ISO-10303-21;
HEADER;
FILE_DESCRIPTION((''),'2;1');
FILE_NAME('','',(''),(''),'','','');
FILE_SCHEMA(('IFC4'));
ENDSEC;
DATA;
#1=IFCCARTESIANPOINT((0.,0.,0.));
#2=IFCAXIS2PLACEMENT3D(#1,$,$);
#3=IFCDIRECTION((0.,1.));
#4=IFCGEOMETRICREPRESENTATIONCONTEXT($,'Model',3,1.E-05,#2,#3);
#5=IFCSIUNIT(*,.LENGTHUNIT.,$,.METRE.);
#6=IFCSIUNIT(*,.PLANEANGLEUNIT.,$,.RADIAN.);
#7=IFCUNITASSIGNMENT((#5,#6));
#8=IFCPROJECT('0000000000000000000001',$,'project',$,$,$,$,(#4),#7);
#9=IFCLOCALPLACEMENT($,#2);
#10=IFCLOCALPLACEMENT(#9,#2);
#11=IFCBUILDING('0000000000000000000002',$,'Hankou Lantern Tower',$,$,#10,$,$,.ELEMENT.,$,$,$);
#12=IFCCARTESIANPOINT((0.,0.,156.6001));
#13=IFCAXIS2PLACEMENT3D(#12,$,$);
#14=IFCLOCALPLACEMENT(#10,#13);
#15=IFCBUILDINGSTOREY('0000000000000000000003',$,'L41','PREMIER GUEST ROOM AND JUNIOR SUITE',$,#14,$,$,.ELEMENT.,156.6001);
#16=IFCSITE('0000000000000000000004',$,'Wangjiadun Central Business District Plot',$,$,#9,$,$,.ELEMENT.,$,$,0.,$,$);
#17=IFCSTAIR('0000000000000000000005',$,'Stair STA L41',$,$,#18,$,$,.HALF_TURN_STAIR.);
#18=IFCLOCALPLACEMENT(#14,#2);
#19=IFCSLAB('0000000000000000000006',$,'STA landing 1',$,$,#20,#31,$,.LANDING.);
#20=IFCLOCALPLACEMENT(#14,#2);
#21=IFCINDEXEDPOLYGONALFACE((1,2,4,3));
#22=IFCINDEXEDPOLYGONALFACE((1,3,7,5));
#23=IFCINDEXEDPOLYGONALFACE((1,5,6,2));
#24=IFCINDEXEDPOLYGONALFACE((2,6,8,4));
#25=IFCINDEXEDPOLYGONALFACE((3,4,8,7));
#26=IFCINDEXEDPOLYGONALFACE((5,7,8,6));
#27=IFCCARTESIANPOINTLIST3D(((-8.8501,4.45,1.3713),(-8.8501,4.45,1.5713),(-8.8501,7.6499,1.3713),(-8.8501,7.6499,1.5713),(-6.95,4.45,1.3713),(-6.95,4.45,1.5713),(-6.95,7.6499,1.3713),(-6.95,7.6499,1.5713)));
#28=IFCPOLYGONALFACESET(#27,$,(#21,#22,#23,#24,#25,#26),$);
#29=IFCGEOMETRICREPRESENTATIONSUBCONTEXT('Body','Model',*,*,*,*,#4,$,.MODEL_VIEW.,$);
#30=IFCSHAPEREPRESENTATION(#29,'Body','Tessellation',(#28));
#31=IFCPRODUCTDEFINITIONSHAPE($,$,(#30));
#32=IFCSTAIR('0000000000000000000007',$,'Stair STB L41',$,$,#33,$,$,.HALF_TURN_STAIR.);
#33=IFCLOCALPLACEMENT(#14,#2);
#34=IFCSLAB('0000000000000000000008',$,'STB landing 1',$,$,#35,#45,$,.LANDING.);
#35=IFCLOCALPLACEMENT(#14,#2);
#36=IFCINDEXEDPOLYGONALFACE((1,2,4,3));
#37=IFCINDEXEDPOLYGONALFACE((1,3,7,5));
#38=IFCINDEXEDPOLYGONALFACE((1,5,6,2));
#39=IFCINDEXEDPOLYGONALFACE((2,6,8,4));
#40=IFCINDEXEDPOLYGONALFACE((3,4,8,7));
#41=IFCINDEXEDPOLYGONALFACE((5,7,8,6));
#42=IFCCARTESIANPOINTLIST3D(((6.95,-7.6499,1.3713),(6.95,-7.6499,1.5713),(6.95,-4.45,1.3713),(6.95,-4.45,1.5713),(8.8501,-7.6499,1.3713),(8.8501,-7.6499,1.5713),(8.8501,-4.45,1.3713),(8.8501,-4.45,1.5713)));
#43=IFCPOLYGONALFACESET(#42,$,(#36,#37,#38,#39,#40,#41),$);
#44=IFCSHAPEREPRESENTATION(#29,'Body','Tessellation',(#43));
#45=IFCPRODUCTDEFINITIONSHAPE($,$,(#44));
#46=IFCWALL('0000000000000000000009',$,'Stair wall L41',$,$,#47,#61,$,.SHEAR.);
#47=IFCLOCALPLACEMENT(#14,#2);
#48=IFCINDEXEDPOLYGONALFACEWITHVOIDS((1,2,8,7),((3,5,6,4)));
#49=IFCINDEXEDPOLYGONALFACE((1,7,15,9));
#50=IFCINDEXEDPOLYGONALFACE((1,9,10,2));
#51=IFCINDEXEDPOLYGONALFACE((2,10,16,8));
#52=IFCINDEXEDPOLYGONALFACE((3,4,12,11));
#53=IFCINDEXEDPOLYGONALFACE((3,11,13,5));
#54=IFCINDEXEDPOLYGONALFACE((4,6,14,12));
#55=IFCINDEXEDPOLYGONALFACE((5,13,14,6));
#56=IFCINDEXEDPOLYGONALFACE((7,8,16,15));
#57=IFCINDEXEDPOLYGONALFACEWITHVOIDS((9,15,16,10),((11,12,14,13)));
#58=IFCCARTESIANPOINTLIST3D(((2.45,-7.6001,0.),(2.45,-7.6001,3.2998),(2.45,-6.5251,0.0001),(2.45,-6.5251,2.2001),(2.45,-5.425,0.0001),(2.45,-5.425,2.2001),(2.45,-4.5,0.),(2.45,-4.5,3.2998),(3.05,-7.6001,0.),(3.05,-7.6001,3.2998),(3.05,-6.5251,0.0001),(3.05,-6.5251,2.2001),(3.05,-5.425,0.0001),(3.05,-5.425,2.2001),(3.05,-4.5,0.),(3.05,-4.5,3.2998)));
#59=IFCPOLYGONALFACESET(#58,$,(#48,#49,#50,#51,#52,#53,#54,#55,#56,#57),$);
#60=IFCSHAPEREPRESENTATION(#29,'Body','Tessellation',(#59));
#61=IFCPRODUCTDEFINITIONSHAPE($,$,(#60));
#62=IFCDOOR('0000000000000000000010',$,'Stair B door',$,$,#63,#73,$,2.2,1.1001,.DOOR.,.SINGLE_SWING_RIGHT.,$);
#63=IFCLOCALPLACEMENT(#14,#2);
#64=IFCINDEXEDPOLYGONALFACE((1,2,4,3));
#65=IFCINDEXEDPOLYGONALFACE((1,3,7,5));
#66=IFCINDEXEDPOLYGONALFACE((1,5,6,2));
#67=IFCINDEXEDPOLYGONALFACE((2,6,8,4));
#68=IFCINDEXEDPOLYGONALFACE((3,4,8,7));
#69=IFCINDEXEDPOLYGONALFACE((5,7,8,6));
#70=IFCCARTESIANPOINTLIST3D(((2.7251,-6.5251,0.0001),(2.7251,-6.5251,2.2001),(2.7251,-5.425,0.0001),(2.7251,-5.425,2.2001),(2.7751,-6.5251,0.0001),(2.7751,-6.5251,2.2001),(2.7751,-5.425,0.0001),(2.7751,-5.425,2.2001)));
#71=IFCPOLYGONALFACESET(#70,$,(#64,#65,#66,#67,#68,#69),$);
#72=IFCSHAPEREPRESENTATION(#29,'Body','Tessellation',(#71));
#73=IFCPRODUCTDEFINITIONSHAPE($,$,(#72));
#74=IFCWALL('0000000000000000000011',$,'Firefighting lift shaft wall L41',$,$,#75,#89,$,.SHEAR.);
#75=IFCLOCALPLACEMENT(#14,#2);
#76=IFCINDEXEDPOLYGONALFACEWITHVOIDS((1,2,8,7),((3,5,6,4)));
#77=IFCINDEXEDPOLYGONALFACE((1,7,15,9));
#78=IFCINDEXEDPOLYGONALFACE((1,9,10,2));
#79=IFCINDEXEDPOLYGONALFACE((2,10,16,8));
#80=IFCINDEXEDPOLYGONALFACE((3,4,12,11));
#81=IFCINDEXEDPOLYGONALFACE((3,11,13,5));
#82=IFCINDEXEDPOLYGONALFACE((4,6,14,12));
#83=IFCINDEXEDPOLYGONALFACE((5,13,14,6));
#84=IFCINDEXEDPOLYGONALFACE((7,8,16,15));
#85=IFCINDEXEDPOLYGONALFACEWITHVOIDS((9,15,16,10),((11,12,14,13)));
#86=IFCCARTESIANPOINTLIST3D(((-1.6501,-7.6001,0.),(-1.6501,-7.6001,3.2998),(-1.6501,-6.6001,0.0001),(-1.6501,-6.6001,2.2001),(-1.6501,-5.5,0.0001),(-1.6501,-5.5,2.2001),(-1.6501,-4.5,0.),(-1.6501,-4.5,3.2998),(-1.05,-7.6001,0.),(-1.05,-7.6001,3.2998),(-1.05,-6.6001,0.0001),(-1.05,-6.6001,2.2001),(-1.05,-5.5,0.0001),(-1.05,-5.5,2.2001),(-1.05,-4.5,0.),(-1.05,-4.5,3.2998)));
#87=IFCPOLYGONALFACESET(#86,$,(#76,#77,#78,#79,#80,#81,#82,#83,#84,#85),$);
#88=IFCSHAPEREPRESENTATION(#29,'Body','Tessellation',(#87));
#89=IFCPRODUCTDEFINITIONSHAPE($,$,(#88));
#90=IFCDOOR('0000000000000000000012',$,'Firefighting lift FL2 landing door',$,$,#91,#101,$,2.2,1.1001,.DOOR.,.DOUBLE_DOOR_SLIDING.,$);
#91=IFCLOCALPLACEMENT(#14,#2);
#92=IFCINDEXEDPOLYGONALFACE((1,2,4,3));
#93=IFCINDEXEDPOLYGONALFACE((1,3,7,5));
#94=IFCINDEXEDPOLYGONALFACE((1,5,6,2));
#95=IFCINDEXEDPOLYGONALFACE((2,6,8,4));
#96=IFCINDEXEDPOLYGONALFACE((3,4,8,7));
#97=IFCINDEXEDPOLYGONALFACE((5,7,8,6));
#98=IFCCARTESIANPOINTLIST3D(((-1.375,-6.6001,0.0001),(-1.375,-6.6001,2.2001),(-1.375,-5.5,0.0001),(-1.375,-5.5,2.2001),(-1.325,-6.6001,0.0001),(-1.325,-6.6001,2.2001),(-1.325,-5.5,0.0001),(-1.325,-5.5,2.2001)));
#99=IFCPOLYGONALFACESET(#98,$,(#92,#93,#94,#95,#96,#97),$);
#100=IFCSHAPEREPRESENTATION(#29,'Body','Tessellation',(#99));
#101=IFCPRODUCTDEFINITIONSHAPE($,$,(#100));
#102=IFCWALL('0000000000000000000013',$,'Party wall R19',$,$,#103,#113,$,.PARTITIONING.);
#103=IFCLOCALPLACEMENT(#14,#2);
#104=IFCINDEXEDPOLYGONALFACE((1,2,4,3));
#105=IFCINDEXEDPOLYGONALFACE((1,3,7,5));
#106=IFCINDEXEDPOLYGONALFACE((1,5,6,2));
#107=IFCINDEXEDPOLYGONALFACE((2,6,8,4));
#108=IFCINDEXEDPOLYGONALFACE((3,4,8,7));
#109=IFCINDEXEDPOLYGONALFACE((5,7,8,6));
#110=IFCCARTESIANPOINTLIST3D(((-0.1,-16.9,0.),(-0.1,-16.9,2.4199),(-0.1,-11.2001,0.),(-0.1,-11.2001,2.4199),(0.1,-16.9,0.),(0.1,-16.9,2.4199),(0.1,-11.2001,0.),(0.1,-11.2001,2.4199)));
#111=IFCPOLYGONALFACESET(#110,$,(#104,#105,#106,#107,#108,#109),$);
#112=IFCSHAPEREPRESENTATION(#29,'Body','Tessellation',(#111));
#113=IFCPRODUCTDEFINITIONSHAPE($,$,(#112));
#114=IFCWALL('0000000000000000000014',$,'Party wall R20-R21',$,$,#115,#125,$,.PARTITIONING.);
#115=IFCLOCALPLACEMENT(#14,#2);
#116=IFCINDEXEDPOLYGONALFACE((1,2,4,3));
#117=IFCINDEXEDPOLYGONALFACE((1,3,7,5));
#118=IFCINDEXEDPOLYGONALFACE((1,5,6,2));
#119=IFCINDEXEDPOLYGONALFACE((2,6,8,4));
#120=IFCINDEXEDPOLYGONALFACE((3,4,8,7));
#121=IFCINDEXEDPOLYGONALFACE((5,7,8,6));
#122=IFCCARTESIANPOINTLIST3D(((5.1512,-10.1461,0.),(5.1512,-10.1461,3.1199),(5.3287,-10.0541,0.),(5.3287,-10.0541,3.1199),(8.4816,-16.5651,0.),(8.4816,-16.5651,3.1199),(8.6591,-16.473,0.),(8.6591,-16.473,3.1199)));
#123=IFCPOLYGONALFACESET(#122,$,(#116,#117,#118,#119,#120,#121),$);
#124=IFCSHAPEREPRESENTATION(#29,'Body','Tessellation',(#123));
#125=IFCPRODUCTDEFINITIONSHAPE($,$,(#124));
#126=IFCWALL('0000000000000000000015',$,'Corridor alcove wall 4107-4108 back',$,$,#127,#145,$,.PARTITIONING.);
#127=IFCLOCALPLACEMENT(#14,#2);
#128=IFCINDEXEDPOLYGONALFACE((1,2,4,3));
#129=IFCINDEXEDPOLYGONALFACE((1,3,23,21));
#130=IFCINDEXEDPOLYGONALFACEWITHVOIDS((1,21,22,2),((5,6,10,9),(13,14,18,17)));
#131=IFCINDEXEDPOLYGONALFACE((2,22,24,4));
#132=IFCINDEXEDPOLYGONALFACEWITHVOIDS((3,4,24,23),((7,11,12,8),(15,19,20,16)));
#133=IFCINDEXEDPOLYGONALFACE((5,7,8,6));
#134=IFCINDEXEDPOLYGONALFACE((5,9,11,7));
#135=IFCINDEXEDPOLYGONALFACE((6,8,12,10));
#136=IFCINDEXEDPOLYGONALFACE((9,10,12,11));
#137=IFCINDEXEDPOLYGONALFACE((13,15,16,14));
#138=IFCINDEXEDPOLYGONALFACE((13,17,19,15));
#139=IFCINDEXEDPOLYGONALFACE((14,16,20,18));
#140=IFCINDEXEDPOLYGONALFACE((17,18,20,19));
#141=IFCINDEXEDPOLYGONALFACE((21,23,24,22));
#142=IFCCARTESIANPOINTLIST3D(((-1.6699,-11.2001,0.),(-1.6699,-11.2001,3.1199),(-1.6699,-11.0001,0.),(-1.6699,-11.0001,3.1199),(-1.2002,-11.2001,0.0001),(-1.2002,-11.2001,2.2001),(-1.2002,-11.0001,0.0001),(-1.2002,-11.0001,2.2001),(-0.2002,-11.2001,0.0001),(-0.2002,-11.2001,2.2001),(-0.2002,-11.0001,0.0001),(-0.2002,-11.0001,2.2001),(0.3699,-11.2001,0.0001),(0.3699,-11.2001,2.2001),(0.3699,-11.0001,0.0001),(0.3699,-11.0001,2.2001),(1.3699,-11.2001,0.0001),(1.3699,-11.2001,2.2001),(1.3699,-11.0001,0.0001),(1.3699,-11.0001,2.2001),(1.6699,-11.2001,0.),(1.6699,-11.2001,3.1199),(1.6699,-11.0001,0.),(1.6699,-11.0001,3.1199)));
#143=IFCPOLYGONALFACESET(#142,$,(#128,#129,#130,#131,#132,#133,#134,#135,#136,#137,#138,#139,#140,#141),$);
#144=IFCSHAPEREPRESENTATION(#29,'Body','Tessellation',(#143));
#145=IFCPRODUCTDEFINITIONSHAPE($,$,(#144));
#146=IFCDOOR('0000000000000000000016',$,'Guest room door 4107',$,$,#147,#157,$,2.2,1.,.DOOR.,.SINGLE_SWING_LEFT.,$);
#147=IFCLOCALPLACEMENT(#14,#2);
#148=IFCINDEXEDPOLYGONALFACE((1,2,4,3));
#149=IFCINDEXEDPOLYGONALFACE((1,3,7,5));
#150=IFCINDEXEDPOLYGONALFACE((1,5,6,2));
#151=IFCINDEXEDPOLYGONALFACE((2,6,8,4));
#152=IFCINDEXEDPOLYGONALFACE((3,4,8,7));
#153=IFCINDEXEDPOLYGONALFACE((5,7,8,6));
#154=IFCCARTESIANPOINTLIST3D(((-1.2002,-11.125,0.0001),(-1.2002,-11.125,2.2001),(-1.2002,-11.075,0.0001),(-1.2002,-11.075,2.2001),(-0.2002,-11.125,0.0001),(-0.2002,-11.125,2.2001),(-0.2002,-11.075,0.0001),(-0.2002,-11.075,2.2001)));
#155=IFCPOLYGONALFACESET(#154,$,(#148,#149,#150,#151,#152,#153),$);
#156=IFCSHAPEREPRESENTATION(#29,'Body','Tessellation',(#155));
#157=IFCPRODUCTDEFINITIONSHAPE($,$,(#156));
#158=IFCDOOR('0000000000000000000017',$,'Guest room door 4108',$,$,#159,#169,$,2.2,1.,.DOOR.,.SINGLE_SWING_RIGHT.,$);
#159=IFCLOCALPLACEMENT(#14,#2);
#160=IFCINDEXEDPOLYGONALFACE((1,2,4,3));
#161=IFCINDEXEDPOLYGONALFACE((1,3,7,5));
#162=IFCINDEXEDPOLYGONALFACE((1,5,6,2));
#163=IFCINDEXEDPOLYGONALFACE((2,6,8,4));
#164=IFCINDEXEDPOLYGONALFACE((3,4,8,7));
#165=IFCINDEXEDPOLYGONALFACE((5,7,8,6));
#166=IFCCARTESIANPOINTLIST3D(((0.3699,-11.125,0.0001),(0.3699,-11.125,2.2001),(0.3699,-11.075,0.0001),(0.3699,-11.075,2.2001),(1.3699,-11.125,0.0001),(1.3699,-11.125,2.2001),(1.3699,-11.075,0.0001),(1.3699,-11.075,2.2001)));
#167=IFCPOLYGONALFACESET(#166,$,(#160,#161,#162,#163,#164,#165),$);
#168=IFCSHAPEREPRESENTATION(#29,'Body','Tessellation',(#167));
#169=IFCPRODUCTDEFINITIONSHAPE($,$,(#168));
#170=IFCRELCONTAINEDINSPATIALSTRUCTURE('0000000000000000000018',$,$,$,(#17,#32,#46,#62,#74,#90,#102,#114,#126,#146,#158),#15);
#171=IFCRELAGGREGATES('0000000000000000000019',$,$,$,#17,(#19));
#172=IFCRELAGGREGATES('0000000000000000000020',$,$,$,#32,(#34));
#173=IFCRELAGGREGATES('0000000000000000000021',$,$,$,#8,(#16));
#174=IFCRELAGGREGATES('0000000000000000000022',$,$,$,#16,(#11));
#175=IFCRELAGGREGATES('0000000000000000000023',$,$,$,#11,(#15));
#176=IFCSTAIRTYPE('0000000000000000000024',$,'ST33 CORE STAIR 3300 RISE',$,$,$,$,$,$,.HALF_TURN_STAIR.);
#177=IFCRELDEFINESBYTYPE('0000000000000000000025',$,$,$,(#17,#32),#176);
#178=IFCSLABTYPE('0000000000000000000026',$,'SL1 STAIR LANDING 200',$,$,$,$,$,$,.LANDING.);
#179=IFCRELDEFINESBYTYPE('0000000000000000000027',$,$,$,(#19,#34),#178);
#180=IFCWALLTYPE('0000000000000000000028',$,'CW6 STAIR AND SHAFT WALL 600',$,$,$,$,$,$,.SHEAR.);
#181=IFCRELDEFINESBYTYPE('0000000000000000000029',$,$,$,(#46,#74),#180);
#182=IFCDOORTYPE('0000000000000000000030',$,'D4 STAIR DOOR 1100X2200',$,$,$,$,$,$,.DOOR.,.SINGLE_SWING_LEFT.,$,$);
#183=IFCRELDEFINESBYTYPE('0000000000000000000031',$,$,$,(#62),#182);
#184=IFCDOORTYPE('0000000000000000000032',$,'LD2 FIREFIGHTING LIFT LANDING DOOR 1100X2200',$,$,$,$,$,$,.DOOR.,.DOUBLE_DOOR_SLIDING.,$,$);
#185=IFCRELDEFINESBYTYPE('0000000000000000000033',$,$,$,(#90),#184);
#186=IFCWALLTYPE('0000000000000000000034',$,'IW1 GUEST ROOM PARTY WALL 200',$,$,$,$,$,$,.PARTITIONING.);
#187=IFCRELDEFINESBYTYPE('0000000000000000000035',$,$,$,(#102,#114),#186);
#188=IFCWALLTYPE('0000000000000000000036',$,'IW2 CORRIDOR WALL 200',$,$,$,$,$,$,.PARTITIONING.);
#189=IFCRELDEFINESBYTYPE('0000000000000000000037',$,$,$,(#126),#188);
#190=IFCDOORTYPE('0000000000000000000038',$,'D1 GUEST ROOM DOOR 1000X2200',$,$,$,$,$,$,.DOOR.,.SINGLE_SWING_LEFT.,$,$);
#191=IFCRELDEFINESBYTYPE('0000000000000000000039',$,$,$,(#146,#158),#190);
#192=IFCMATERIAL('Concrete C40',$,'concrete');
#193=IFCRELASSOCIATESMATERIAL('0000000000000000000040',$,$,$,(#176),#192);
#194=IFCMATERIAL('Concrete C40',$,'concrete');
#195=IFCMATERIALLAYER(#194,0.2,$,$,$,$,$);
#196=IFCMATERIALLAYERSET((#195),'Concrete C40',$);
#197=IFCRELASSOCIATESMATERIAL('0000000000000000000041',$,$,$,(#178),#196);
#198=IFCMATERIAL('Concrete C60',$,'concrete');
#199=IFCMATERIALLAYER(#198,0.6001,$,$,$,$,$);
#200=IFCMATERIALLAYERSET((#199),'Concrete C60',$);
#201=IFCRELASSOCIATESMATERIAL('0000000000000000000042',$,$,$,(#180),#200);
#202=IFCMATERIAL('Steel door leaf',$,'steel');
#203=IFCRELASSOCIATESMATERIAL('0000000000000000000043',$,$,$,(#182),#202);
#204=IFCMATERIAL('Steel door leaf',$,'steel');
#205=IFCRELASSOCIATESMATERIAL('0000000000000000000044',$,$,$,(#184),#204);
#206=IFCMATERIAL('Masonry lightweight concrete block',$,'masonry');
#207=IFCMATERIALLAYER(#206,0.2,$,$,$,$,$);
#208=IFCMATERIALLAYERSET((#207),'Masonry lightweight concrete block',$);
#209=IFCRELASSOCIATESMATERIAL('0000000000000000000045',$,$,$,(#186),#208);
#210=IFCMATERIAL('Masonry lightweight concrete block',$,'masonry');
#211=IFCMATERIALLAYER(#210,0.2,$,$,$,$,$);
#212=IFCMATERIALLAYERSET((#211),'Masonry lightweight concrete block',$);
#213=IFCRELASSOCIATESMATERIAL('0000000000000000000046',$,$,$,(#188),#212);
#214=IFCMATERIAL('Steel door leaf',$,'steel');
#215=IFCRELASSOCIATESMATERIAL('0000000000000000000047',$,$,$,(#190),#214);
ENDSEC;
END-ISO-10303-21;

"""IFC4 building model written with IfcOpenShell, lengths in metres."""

from ifc_helpers import new_model, si_unit, direction, frame, frame_2d, origin, place, context, subcontext, project, spatial, polyline, rectangle, outline, extrude, material, layer, layer_set, type_object, element, fill, aggregate, save


model = new_model("IFC4")

# Units and contexts
model_context = context("Model", 3, precision=1e-05, world=origin(), true_north=direction((0.0, 1.0)))
body_context = subcontext(model_context, "Body", "Model", "MODEL_VIEW")
ifc_project = project(units=[si_unit("LENGTHUNIT", "METRE"), si_unit("PLANEANGLEUNIT", "RADIAN")], contexts=[model_context])

# Site, building, storey
site_placement = place(None, origin())
site = spatial("IfcSite", under=ifc_project, at=site_placement, Name="Wangjiadun Central Business District Plot", CompositionType="ELEMENT", RefElevation=0.0)
building_placement = place(site_placement, origin())
building = spatial("IfcBuilding", under=site, at=building_placement, Name="Hankou Lantern Tower", CompositionType="ELEMENT")
storey_placement = place(building_placement, frame((0.0, 0.0, 156.6001)))
storey = spatial("IfcBuildingStorey", under=building, at=storey_placement, Name="L41", Description="PREMIER GUEST ROOM AND JUNIOR SUITE", CompositionType="ELEMENT", Elevation=156.6001)

# Stairs, slabs
ifc_material_1 = material(Name="Concrete C40", Category="concrete")
stair_type = type_object("IfcStairType", Name="ST33 CORE STAIR 3300 RISE", PredefinedType="HALF_TURN_STAIR", material=ifc_material_1)
stair_1_placement = place(storey_placement, origin())
stair_1 = element("IfcStair", 1, at=stair_1_placement, inside=storey, type_object=stair_type, Name="Stair STA L41", PredefinedType="HALF_TURN_STAIR")
ifc_material_2 = material(Name="Concrete C40", Category="concrete")
ifc_layer_1 = layer(ifc_material_2, 0.2)
ifc_layer_set_1 = layer_set([ifc_layer_1], Name="Concrete C40")
slab_type_1 = type_object("IfcSlabType", Name="SL1 STAIR LANDING 200", PredefinedType="LANDING", material=ifc_layer_set_1)
slab_1_placement = place(storey_placement, frame((0.0, 0.0, 1.3713)))
slab_1 = element("IfcSlab", 2, at=slab_1_placement, type_object=slab_type_1, Name="STA landing 1", PredefinedType="LANDING", context=body_context, shape_type="SweptSolid", body=[
    extrude(outline(polyline([(-8.8501, 4.45), (-6.95, 4.45), (-6.95, 7.6499), (-8.8501, 7.6499), (-8.8501, 4.45)])), origin(), (0.0, 0.0, 1.0), 0.2),
])
aggregate(stair_1, [slab_1])
stair_2_placement = place(storey_placement, origin())
stair_2 = element("IfcStair", 3, at=stair_2_placement, inside=storey, type_object=stair_type, Name="Stair STB L41", PredefinedType="HALF_TURN_STAIR")
slab_2_placement = place(storey_placement, frame((0.0, 0.0, 1.3713)))
slab_2 = element("IfcSlab", 4, at=slab_2_placement, type_object=slab_type_1, Name="STB landing 1", PredefinedType="LANDING", context=body_context, shape_type="SweptSolid", body=[
    extrude(outline(polyline([(8.8501, -4.45), (6.95, -4.45), (6.95, -7.6499), (8.8501, -7.6499), (8.8501, -4.45)])), origin(), (0.0, 0.0, 1.0), 0.2),
])

# Walls, openings, doors
ifc_material_3 = material(Name="Concrete C60", Category="concrete")
ifc_layer_2 = layer(ifc_material_3, 0.6001)
ifc_layer_set_2 = layer_set([ifc_layer_2], Name="Concrete C60")
wall_type_1 = type_object("IfcWallType", Name="CW6 STAIR AND SHAFT WALL 600", PredefinedType="SHEAR", material=ifc_layer_set_2)
wall_1_placement = place(storey_placement, frame((2.75, -7.6001, 0.0), z_axis=(0.0, 0.0, 1.0), x_axis=(0.0, 1.0, 0.0)))
wall_1 = element("IfcWall", 5, at=wall_1_placement, inside=storey, type_object=wall_type_1, Name="Stair wall L41", PredefinedType="SHEAR", context=body_context, shape_type="SweptSolid", body=[
    extrude(rectangle(XDim=3.1001, YDim=0.6001, at=frame_2d((1.55, 0.0))), origin(), (0.0, 0.0, 1.0), 3.2998),
])
opening_1_placement = place(wall_1_placement, frame((1.075, 0.0, 0.0)))
opening_1 = element("IfcOpeningElement", 6, at=opening_1_placement, cuts=wall_1, PredefinedType="OPENING", context=body_context, shape_type="SweptSolid", body=[
    extrude(rectangle(XDim=1.1001, YDim=2.2, at=frame_2d((0.55, 1.1001))), frame((0.0, 0.3101, 0.0), z_axis=(0.0, -1.0, 0.0), x_axis=(1.0, 0.0, 0.0)), (0.0, 0.0, 1.0), 0.6201),
])
ifc_material_4 = material(Name="Steel door leaf", Category="steel")
door_type_1 = type_object("IfcDoorType", Name="D4 STAIR DOOR 1100X2200", OperationType="SINGLE_SWING_LEFT", PredefinedType="DOOR", material=ifc_material_4)
door_1_placement = place(opening_1_placement, origin())
door_1 = element("IfcDoor", 7, at=door_1_placement, inside=storey, type_object=door_type_1, Name="Stair B door", OperationType="SINGLE_SWING_RIGHT", OverallHeight=2.2, OverallWidth=1.1001, PredefinedType="DOOR", context=body_context, shape_type="SweptSolid", body=[
    extrude(rectangle(XDim=1.1001, YDim=2.2, at=frame_2d((0.55, 1.1001))), frame((0.0, 0.0249, 0.0), z_axis=(0.0, -1.0, 0.0), x_axis=(1.0, 0.0, 0.0)), (0.0, 0.0, 1.0), 0.05),
])
fill(opening_1, door_1)
wall_2_placement = place(storey_placement, frame((-1.3501, -7.6001, 0.0), z_axis=(0.0, 0.0, 1.0), x_axis=(0.0, 1.0, 0.0)))
wall_2 = element("IfcWall", 8, at=wall_2_placement, inside=storey, type_object=wall_type_1, Name="Firefighting lift shaft wall L41", PredefinedType="SHEAR", context=body_context, shape_type="SweptSolid", body=[
    extrude(rectangle(XDim=3.1001, YDim=0.6001, at=frame_2d((1.55, 0.0))), origin(), (0.0, 0.0, 1.0), 3.2998),
])
opening_2_placement = place(wall_2_placement, frame((1.0, 0.0, 0.0)))
opening_2 = element("IfcOpeningElement", 9, at=opening_2_placement, cuts=wall_2, PredefinedType="OPENING", context=body_context, shape_type="SweptSolid", body=[
    extrude(rectangle(XDim=1.1001, YDim=2.2, at=frame_2d((0.55, 1.1001))), frame((0.0, 0.3101, 0.0), z_axis=(0.0, -1.0, 0.0), x_axis=(1.0, 0.0, 0.0)), (0.0, 0.0, 1.0), 0.6201),
])
ifc_material_5 = material(Name="Steel door leaf", Category="steel")
door_type_2 = type_object("IfcDoorType", Name="LD2 FIREFIGHTING LIFT LANDING DOOR 1100X2200", OperationType="DOUBLE_DOOR_SLIDING", PredefinedType="DOOR", material=ifc_material_5)
door_2_placement = place(opening_2_placement, origin())
door_2 = element("IfcDoor", 10, at=door_2_placement, inside=storey, type_object=door_type_2, Name="Firefighting lift FL2 landing door", OperationType="DOUBLE_DOOR_SLIDING", OverallHeight=2.2, OverallWidth=1.1001, PredefinedType="DOOR", context=body_context, shape_type="SweptSolid", body=[
    extrude(rectangle(XDim=1.1001, YDim=2.2, at=frame_2d((0.55, 1.1001))), frame((0.0, 0.0249, 0.0), z_axis=(0.0, -1.0, 0.0), x_axis=(1.0, 0.0, 0.0)), (0.0, 0.0, 1.0), 0.05),
])
fill(opening_2, door_2)

# Walls
ifc_material_6 = material(Name="Masonry lightweight concrete block", Category="masonry")
ifc_layer_3 = layer(ifc_material_6, 0.2)
ifc_layer_set_3 = layer_set([ifc_layer_3], Name="Masonry lightweight concrete block")
wall_type_2 = type_object("IfcWallType", Name="IW1 GUEST ROOM PARTY WALL 200", PredefinedType="PARTITIONING", material=ifc_layer_set_3)
wall_3_placement = place(storey_placement, frame((0.0, -11.2, 0.0), z_axis=(0.0, 0.0, 1.0), x_axis=(0.0, -1.0, 0.0)))
element("IfcWall", 11, at=wall_3_placement, inside=storey, type_object=wall_type_2, Name="Party wall R19", PredefinedType="PARTITIONING", context=body_context, shape_type="SweptSolid", body=[
    extrude(rectangle(XDim=5.7, YDim=0.2, at=frame_2d((2.8501, 0.0))), origin(), (0.0, 0.0, 1.0), 2.4199),
])
wall_4_placement = place(storey_placement, frame((5.24, -10.1001, 0.0), z_axis=(0.0, 0.0, 1.0), x_axis=(0.460533, -0.887643, 0.0)))
element("IfcWall", 12, at=wall_4_placement, inside=storey, type_object=wall_type_2, Name="Party wall R20-R21", PredefinedType="PARTITIONING", context=body_context, shape_type="SweptSolid", body=[
    extrude(rectangle(XDim=7.2314, YDim=0.2, at=frame_2d((3.6157, 0.0))), origin(), (0.0, 0.0, 1.0), 3.1199),
])

# Wall, openings, doors
ifc_material_7 = material(Name="Masonry lightweight concrete block", Category="masonry")
ifc_layer_4 = layer(ifc_material_7, 0.2)
ifc_layer_set_4 = layer_set([ifc_layer_4], Name="Masonry lightweight concrete block")
wall_type_3 = type_object("IfcWallType", Name="IW2 CORRIDOR WALL 200", PredefinedType="PARTITIONING", material=ifc_layer_set_4)
wall_5_placement = place(storey_placement, frame((1.6699, -11.1001, 0.0), z_axis=(0.0, 0.0, 1.0), x_axis=(-1.0, 0.0, 0.0)))
wall_5 = element("IfcWall", 13, at=wall_5_placement, inside=storey, type_object=wall_type_3, Name="Corridor alcove wall 4107-4108 back", PredefinedType="PARTITIONING", context=body_context, shape_type="SweptSolid", body=[
    extrude(rectangle(XDim=3.3398, YDim=0.2, at=frame_2d((1.6699, 0.0))), origin(), (0.0, 0.0, 1.0), 3.1199),
])
opening_3_placement = place(wall_5_placement, frame((1.8701, 0.0, 0.0)))
opening_3 = element("IfcOpeningElement", 14, at=opening_3_placement, cuts=wall_5, PredefinedType="OPENING", context=body_context, shape_type="SweptSolid", body=[
    extrude(rectangle(XDim=1.0, YDim=2.2, at=frame_2d((0.5, 1.1001))), frame((0.0, 0.1099, 0.0), z_axis=(0.0, -1.0, 0.0), x_axis=(1.0, 0.0, 0.0)), (0.0, 0.0, 1.0), 0.22),
])
opening_4_placement = place(wall_5_placement, frame((0.3, 0.0, 0.0)))
opening_4 = element("IfcOpeningElement", 15, at=opening_4_placement, cuts=wall_5, PredefinedType="OPENING", context=body_context, shape_type="SweptSolid", body=[
    extrude(rectangle(XDim=1.0, YDim=2.2, at=frame_2d((0.5, 1.1001))), frame((0.0, 0.1099, 0.0), z_axis=(0.0, -1.0, 0.0), x_axis=(1.0, 0.0, 0.0)), (0.0, 0.0, 1.0), 0.22),
])
ifc_material_8 = material(Name="Steel door leaf", Category="steel")
door_type_3 = type_object("IfcDoorType", Name="D1 GUEST ROOM DOOR 1000X2200", OperationType="SINGLE_SWING_LEFT", PredefinedType="DOOR", material=ifc_material_8)
door_3_placement = place(opening_3_placement, origin())
door_3 = element("IfcDoor", 16, at=door_3_placement, inside=storey, type_object=door_type_3, Name="Guest room door 4107", OperationType="SINGLE_SWING_LEFT", OverallHeight=2.2, OverallWidth=1.0, PredefinedType="DOOR", context=body_context, shape_type="SweptSolid", body=[
    extrude(rectangle(XDim=1.0, YDim=2.2, at=frame_2d((0.5, 1.1001))), frame((0.0, 0.0249, 0.0), z_axis=(0.0, -1.0, 0.0), x_axis=(1.0, 0.0, 0.0)), (0.0, 0.0, 1.0), 0.05),
])
fill(opening_3, door_3)
door_4_placement = place(opening_4_placement, origin())
door_4 = element("IfcDoor", 17, at=door_4_placement, inside=storey, type_object=door_type_3, Name="Guest room door 4108", OperationType="SINGLE_SWING_RIGHT", OverallHeight=2.2, OverallWidth=1.0, PredefinedType="DOOR", context=body_context, shape_type="SweptSolid", body=[
    extrude(rectangle(XDim=1.0, YDim=2.2, at=frame_2d((0.5, 1.1001))), frame((0.0, 0.0249, 0.0), z_axis=(0.0, -1.0, 0.0), x_axis=(1.0, 0.0, 0.0)), (0.0, 0.0, 1.0), 0.05),
])
fill(opening_4, door_4)

aggregate(stair_2, [slab_2])

save(model, "model.ifc")
